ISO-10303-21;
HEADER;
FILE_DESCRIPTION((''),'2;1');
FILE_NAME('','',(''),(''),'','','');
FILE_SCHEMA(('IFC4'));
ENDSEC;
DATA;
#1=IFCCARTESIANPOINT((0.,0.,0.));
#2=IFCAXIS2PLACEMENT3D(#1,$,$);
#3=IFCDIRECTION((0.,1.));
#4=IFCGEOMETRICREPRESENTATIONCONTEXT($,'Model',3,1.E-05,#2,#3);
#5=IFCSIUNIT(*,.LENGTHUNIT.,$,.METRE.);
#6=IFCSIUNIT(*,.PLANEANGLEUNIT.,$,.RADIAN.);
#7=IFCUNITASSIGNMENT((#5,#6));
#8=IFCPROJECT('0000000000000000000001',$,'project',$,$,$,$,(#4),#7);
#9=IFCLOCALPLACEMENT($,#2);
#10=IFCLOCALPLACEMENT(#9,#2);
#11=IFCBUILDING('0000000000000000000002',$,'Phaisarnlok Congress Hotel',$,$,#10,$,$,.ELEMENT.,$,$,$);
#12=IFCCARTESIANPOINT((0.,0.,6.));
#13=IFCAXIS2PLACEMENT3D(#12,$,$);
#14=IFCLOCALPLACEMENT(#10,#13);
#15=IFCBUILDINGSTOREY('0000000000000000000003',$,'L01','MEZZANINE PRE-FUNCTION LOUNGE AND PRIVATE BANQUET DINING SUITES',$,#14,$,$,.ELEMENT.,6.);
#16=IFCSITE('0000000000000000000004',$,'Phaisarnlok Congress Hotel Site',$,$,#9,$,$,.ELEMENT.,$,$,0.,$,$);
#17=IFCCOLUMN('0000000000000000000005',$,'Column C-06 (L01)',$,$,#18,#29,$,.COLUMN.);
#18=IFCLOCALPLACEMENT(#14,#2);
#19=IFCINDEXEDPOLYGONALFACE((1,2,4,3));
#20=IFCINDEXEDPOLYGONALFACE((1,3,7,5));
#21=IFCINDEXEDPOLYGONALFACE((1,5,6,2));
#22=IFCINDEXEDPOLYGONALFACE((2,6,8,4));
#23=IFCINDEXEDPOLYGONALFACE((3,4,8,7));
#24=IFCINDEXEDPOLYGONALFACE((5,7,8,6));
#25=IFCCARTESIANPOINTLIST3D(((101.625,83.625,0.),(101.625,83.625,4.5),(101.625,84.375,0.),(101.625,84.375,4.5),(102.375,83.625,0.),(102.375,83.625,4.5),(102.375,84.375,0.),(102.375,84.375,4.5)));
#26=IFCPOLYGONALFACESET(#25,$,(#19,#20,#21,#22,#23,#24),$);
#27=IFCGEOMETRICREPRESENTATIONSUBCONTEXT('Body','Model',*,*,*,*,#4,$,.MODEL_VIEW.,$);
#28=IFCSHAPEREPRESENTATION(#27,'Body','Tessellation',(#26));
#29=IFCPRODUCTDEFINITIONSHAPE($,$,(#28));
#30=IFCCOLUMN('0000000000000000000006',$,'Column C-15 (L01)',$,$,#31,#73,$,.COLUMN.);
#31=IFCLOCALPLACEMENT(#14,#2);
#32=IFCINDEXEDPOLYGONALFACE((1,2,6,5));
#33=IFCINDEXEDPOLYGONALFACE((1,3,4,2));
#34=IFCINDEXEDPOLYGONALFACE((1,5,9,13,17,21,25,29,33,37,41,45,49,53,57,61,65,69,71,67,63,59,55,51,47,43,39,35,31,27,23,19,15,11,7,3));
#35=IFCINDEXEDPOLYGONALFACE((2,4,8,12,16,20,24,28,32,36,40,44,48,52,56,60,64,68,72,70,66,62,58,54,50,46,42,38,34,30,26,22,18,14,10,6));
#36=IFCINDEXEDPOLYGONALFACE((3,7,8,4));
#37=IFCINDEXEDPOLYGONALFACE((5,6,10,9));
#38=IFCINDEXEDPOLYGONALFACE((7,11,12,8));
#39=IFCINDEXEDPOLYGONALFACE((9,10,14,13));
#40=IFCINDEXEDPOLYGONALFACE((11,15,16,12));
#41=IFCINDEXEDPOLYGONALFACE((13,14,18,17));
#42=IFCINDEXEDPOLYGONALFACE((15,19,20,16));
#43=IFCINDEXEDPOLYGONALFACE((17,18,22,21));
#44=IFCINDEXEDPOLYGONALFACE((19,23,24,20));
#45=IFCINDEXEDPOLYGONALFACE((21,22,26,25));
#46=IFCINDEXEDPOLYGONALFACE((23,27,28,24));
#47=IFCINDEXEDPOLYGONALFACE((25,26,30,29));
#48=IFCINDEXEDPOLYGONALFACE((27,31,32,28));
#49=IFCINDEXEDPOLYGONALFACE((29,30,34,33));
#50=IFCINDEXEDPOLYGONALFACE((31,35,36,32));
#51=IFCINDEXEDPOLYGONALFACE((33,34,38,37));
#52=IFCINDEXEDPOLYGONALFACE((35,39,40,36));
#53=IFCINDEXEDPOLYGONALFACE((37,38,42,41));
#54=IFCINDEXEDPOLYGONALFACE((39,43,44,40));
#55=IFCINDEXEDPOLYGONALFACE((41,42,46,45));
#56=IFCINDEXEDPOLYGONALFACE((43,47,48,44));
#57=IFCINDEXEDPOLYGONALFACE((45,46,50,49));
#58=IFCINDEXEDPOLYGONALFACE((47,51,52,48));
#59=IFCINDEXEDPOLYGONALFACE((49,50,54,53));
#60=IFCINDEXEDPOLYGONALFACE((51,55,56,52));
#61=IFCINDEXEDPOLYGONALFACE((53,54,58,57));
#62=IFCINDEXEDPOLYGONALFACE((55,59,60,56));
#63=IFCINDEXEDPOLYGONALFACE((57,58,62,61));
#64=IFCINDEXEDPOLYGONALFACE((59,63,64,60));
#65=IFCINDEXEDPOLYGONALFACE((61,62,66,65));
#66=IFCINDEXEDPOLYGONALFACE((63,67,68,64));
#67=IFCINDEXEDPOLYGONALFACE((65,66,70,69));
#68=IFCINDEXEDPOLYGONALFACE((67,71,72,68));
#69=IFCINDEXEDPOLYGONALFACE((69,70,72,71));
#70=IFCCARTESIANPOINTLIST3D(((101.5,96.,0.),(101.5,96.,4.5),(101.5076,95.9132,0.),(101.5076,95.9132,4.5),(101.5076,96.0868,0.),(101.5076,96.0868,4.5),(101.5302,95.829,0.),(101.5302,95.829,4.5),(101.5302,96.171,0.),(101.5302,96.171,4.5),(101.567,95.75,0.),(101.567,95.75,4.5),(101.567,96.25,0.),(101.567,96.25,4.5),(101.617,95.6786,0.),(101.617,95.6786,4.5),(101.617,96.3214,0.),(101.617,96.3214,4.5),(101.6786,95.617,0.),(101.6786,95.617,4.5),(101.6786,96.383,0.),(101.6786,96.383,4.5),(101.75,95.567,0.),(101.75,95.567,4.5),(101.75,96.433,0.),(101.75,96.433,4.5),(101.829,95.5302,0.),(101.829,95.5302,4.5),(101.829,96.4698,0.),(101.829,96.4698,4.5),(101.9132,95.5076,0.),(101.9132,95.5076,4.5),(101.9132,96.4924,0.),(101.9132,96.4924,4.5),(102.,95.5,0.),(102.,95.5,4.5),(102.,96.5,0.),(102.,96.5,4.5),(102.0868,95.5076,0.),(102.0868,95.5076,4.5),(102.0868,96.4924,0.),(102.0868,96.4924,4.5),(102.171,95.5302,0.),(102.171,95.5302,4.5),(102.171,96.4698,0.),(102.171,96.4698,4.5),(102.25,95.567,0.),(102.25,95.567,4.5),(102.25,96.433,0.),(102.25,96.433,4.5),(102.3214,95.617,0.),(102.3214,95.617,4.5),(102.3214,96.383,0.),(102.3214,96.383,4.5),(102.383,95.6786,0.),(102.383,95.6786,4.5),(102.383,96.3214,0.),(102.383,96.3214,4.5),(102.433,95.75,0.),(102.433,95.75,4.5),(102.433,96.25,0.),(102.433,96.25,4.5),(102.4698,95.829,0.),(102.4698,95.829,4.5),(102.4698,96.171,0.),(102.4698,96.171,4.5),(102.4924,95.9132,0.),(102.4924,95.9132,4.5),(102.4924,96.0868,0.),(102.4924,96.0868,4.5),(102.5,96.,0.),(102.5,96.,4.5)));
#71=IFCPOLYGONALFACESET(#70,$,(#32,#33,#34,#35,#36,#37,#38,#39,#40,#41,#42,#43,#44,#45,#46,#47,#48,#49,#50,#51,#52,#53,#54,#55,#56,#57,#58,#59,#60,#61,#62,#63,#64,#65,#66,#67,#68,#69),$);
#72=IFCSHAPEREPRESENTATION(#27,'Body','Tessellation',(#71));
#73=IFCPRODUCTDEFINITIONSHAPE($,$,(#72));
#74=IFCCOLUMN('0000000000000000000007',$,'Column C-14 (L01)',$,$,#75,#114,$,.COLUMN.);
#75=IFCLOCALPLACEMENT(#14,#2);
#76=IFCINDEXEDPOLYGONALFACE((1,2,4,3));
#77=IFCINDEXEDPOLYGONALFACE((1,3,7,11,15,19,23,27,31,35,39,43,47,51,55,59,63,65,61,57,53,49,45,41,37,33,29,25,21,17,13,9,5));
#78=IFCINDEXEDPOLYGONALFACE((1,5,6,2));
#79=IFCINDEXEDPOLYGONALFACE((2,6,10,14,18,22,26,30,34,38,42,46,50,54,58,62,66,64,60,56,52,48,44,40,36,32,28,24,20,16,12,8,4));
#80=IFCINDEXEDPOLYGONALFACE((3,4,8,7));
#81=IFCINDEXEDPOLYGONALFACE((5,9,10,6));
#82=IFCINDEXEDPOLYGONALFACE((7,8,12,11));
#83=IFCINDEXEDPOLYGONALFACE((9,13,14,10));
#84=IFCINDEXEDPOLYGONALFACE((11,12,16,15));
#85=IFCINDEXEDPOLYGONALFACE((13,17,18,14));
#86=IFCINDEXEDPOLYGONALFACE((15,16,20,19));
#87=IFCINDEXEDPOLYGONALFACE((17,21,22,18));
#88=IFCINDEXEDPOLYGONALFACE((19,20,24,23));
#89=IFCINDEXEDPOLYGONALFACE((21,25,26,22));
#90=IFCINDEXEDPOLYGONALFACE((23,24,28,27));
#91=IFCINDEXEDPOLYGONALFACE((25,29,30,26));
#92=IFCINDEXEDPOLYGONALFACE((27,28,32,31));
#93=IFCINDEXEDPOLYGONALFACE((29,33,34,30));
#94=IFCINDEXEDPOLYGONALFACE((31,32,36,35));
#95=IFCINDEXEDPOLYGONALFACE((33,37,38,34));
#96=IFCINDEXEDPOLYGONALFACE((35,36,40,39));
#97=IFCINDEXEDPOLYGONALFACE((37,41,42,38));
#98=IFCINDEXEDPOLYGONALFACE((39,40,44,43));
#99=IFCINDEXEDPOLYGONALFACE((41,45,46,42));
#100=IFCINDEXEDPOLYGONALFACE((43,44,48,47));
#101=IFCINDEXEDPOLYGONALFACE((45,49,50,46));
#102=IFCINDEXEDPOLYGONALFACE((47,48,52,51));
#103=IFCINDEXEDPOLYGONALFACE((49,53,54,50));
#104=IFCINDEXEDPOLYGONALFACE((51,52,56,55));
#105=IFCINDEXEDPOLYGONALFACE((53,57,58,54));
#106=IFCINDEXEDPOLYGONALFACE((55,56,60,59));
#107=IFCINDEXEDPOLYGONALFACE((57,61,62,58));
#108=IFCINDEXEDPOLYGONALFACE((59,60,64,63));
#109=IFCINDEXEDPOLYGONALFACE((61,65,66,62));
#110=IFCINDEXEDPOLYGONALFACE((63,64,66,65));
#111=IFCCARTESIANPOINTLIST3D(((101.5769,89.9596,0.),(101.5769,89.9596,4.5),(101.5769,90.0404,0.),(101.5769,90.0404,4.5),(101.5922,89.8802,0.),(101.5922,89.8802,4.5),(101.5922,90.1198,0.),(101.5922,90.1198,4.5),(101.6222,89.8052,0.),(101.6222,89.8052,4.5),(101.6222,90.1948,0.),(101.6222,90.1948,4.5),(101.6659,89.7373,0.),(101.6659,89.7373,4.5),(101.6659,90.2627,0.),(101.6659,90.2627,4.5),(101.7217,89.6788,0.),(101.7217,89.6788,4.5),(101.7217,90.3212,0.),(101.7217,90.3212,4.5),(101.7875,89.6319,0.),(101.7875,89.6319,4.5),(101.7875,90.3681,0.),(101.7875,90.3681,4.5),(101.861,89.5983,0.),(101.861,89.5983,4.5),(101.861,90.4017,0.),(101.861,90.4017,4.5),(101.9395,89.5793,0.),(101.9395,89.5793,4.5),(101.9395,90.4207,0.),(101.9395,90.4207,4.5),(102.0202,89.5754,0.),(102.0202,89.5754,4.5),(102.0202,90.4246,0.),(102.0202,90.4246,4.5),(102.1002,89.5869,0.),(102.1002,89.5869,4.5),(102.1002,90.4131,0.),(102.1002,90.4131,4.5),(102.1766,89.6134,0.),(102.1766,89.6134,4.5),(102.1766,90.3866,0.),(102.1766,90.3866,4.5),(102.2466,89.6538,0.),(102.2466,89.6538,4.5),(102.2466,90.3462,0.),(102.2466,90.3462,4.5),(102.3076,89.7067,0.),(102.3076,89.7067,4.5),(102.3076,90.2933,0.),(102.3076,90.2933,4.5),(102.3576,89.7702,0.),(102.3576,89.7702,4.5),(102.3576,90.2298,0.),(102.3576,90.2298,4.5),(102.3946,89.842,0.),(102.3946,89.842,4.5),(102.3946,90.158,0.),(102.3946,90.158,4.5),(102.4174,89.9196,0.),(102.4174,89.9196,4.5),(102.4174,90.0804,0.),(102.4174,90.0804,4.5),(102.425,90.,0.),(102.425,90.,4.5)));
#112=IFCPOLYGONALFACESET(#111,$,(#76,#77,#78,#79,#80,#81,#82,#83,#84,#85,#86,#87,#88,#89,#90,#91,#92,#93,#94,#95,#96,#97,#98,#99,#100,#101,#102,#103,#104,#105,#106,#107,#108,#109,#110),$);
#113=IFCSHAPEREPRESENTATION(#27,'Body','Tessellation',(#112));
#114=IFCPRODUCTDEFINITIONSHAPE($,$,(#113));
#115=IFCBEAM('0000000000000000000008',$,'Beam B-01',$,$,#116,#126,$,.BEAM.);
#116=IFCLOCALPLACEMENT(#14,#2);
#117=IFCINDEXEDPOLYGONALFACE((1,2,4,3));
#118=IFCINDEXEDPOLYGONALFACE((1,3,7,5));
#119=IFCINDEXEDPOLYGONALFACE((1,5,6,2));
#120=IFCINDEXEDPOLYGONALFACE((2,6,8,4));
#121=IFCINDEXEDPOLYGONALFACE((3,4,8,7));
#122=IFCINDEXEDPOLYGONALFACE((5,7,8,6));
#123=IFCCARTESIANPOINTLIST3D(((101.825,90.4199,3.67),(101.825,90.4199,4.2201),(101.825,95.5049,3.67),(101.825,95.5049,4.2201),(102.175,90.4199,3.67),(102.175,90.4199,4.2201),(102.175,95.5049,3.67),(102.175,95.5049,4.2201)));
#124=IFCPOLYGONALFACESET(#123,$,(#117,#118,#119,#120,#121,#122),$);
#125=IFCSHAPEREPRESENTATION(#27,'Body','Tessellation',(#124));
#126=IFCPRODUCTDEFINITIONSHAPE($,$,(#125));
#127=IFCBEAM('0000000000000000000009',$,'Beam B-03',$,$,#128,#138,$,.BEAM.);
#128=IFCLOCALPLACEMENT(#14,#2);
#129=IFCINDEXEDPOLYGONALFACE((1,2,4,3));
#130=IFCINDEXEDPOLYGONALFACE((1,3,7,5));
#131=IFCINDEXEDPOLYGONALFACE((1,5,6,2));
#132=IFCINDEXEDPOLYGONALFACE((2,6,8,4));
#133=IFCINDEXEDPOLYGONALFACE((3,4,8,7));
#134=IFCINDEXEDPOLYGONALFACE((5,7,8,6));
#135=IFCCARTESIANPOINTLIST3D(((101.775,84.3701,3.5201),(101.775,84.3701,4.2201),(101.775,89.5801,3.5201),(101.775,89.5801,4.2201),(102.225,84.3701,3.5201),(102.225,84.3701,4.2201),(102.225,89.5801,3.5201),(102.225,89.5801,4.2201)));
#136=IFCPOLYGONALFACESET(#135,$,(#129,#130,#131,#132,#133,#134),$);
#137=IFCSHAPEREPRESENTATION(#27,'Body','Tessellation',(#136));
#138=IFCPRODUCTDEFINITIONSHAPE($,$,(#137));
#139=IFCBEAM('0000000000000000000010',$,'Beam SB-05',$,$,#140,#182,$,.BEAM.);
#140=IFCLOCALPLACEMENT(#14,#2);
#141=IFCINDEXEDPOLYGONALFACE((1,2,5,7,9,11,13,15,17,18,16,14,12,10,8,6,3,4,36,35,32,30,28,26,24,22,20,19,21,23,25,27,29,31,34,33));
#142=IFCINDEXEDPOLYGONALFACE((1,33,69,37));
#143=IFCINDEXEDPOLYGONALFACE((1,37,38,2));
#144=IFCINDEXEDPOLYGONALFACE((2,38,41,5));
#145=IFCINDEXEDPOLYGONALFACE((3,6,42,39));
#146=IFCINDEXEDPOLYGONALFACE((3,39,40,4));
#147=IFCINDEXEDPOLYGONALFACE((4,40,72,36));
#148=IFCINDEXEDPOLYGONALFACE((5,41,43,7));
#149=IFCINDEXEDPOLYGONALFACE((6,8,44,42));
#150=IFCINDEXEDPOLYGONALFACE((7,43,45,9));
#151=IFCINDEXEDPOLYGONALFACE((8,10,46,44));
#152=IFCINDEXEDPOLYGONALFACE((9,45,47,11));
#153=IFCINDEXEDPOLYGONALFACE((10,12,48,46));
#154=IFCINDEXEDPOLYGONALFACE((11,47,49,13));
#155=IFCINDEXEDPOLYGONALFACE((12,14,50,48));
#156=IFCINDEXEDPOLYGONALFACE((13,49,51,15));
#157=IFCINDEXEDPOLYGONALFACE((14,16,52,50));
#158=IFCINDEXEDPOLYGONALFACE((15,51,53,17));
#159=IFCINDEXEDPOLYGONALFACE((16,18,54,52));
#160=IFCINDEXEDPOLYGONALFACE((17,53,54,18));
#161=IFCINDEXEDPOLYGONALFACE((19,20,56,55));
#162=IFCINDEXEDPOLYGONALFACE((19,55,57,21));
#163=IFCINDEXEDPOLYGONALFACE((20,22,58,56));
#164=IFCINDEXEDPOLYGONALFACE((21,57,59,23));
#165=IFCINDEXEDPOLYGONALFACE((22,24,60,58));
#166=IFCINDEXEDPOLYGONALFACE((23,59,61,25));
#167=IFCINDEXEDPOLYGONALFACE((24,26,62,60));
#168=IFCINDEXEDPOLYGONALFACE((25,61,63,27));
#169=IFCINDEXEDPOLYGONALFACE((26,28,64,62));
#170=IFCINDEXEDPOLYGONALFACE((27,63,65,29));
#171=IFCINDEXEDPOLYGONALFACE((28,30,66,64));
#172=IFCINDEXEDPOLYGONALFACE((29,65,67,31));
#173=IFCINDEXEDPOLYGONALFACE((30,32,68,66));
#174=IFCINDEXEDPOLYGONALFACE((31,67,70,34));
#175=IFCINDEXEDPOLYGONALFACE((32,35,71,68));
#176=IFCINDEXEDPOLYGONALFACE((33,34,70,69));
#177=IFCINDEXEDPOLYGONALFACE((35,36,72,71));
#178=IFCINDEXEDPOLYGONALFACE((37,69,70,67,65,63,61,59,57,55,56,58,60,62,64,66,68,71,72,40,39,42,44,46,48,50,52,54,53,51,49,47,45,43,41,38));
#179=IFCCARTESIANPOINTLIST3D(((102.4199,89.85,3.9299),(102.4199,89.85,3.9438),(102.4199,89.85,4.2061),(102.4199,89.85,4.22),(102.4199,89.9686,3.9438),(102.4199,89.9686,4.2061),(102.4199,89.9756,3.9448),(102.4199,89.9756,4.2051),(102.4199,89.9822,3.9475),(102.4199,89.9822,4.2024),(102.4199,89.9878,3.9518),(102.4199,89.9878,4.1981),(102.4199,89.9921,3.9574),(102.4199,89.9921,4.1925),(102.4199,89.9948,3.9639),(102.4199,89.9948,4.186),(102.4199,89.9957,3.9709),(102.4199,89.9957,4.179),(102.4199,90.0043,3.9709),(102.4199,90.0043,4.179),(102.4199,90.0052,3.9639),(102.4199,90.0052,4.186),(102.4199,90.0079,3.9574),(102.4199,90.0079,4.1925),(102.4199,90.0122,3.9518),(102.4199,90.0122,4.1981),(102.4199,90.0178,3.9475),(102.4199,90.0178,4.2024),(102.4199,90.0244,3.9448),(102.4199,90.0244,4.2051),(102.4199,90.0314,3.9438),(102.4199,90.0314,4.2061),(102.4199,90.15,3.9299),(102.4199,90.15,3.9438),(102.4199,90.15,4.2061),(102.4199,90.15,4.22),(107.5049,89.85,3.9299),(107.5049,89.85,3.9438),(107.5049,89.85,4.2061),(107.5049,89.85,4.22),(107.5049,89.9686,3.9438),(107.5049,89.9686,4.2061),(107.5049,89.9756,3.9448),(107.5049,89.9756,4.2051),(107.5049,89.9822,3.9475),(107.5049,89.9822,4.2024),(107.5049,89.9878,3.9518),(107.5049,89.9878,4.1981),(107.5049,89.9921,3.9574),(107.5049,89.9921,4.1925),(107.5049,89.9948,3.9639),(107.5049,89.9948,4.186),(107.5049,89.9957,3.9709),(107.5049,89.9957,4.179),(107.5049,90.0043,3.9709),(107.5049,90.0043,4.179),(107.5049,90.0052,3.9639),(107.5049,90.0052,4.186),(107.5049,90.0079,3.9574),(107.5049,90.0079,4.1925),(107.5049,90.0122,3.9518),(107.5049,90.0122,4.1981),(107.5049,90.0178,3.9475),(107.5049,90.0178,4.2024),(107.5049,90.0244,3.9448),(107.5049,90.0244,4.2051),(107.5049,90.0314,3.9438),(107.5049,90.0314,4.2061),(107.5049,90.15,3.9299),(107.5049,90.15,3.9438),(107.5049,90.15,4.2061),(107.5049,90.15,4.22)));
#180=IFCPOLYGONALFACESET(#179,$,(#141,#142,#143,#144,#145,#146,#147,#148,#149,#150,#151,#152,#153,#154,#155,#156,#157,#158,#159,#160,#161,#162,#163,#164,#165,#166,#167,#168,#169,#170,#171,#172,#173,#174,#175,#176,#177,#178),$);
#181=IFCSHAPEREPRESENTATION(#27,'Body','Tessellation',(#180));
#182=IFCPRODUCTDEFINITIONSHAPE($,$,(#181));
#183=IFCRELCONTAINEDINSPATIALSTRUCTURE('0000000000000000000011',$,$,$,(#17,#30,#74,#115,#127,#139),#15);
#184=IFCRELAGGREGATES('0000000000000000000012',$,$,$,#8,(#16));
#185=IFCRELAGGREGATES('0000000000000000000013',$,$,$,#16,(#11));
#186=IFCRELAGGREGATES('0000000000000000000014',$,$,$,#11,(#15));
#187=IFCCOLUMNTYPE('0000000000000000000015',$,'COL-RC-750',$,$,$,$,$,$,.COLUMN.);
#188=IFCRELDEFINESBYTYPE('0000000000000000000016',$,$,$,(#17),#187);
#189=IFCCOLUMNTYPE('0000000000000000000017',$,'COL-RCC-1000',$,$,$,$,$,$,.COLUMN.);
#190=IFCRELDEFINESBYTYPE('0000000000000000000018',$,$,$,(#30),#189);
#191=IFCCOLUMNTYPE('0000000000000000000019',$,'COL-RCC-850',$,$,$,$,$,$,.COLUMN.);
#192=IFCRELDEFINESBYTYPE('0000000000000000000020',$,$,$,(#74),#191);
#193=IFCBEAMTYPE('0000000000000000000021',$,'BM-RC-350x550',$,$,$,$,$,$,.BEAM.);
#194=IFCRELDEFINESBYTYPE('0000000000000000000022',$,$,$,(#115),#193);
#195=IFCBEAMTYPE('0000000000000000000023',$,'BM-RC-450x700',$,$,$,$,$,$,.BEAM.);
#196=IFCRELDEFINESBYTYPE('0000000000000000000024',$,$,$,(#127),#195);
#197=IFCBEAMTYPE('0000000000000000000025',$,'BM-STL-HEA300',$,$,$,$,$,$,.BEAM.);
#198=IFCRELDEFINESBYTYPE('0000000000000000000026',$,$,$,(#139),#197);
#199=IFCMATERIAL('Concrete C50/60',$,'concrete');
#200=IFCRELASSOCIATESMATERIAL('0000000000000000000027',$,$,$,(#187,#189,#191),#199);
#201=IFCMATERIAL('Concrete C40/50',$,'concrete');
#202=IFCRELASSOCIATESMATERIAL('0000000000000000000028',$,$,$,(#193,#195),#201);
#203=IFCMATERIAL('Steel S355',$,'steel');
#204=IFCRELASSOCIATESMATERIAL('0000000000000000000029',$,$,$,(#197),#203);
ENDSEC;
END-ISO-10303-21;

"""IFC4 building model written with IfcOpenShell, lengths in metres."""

from ifc_helpers import new_model, si_unit, direction, frame, origin, origin_2d, place, context, subcontext, project, spatial, rectangle, circle, i_section, extrude, material, material_profile, profile_set, type_object, element, save


model = new_model("IFC4")

# Units and contexts
model_context = context("Model", 3, precision=1e-05, world=origin(), true_north=direction((0.0, 1.0)))
body_context = subcontext(model_context, "Body", "Model", "MODEL_VIEW")
ifc_project = project(units=[si_unit("LENGTHUNIT", "METRE"), si_unit("PLANEANGLEUNIT", "RADIAN")], contexts=[model_context])

# Site, building, storey
site_placement = place(None, origin())
site = spatial("IfcSite", under=ifc_project, at=site_placement, Name="Phaisarnlok Congress Hotel Site", CompositionType="ELEMENT", RefElevation=0.0)
building_placement = place(site_placement, origin())
building = spatial("IfcBuilding", under=site, at=building_placement, Name="Phaisarnlok Congress Hotel", CompositionType="ELEMENT")
storey_placement = place(building_placement, frame((0.0, 0.0, 6.0)))
storey = spatial("IfcBuildingStorey", under=building, at=storey_placement, Name="L01", Description="MEZZANINE PRE-FUNCTION LOUNGE AND PRIVATE BANQUET DINING SUITES", CompositionType="ELEMENT", Elevation=6.0)

# Columns
ifc_material_1 = material(Name="Concrete C50/60", Category="concrete")
ifc_material_profile_1 = material_profile(ifc_material_1, rectangle(XDim=0.75, YDim=0.75, at=origin_2d()), Name="RC 750x750")
ifc_profile_set_1 = profile_set([ifc_material_profile_1], Name="Concrete C50/60")
column_type_1 = type_object("IfcColumnType", Name="COL-RC-750", PredefinedType="COLUMN", material=ifc_profile_set_1)
column_1_placement = place(storey_placement, frame((102.0, 84.0, 0.0), z_axis=(0.0, 0.0, 1.0), x_axis=(1.0, 0.0, 0.0)))
element("IfcColumn", 1, at=column_1_placement, inside=storey, type_object=column_type_1, Name="Column C-06 (L01)", PredefinedType="COLUMN", context=body_context, shape_type="SweptSolid", body=[
    extrude(rectangle(XDim=0.75, YDim=0.75, at=origin_2d()), origin(), (0.0, 0.0, 1.0), 4.5),
])
ifc_material_profile_2 = material_profile(ifc_material_1, circle(Radius=0.5, at=origin_2d()), Name="RCC D1000")
ifc_profile_set_2 = profile_set([ifc_material_profile_2], Name="Concrete C50/60")
column_type_2 = type_object("IfcColumnType", Name="COL-RCC-1000", PredefinedType="COLUMN", material=ifc_profile_set_2)
column_2_placement = place(storey_placement, frame((102.0, 96.0, 0.0), z_axis=(0.0, 0.0, 1.0), x_axis=(1.0, 0.0, 0.0)))
element("IfcColumn", 2, at=column_2_placement, inside=storey, type_object=column_type_2, Name="Column C-15 (L01)", PredefinedType="COLUMN", context=body_context, shape_type="SweptSolid", body=[
    extrude(circle(Radius=0.5, at=origin_2d()), origin(), (0.0, 0.0, 1.0), 4.5),
])
ifc_material_profile_3 = material_profile(ifc_material_1, circle(Radius=0.425, at=origin_2d()), Name="RCC D850")
ifc_profile_set_3 = profile_set([ifc_material_profile_3], Name="Concrete C50/60")
column_type_3 = type_object("IfcColumnType", Name="COL-RCC-850", PredefinedType="COLUMN", material=ifc_profile_set_3)
column_3_placement = place(storey_placement, frame((102.0, 90.0, 0.0), z_axis=(0.0, 0.0, 1.0), x_axis=(1.0, 0.0, 0.0)))
element("IfcColumn", 3, at=column_3_placement, inside=storey, type_object=column_type_3, Name="Column C-14 (L01)", PredefinedType="COLUMN", context=body_context, shape_type="SweptSolid", body=[
    extrude(circle(Radius=0.425, at=origin_2d()), origin(), (0.0, 0.0, 1.0), 4.5),
])

# Beams
ifc_material_2 = material(Name="Concrete C40/50", Category="concrete")
ifc_material_profile_4 = material_profile(ifc_material_2, rectangle(XDim=0.3501, YDim=0.55, at=origin_2d()), Name="RC 350x550")
ifc_profile_set_4 = profile_set([ifc_material_profile_4], Name="Concrete C40/50")
beam_type_1 = type_object("IfcBeamType", Name="BM-RC-350x550", PredefinedType="BEAM", material=ifc_profile_set_4)
beam_1_placement = place(storey_placement, frame((102.0, 90.4199, 3.9451), z_axis=(0.0, 1.0, 0.0), x_axis=(-1.0, 0.0, 0.0)))
element("IfcBeam", 4, at=beam_1_placement, inside=storey, type_object=beam_type_1, Name="Beam B-01", PredefinedType="BEAM", context=body_context, shape_type="SweptSolid", body=[
    extrude(rectangle(XDim=0.3501, YDim=0.55, at=origin_2d()), origin(), (0.0, 0.0, 1.0), 5.085),
])
ifc_material_profile_5 = material_profile(ifc_material_2, rectangle(XDim=0.45, YDim=0.7, at=origin_2d()), Name="RC 450x700")
ifc_profile_set_5 = profile_set([ifc_material_profile_5], Name="Concrete C40/50")
beam_type_2 = type_object("IfcBeamType", Name="BM-RC-450x700", PredefinedType="BEAM", material=ifc_profile_set_5)
beam_2_placement = place(storey_placement, frame((102.0, 84.3701, 3.8701), z_axis=(0.0, 1.0, 0.0), x_axis=(-1.0, 0.0, 0.0)))
element("IfcBeam", 5, at=beam_2_placement, inside=storey, type_object=beam_type_2, Name="Beam B-03", PredefinedType="BEAM", context=body_context, shape_type="SweptSolid", body=[
    extrude(rectangle(XDim=0.45, YDim=0.7, at=origin_2d()), origin(), (0.0, 0.0, 1.0), 5.21),
])
ifc_material_3 = material(Name="Steel S355", Category="steel")
ifc_material_profile_6 = material_profile(ifc_material_3, i_section(OverallWidth=0.3, OverallDepth=0.29, WebThickness=0.0085, FlangeThickness=0.0139, FilletRadius=0.0271, at=origin_2d()), Name="HEA 300")
ifc_profile_set_6 = profile_set([ifc_material_profile_6], Name="Steel S355")
beam_type_3 = type_object("IfcBeamType", Name="BM-STL-HEA300", PredefinedType="BEAM", material=ifc_profile_set_6)
beam_3_placement = place(storey_placement, frame((102.4199, 90.0, 4.075), z_axis=(1.0, 0.0, 0.0), x_axis=(0.0, 1.0, 0.0)))
element("IfcBeam", 6, at=beam_3_placement, inside=storey, type_object=beam_type_3, Name="Beam SB-05", PredefinedType="BEAM", context=body_context, shape_type="SweptSolid", body=[
    extrude(i_section(OverallWidth=0.3, OverallDepth=0.29, WebThickness=0.0085, FlangeThickness=0.0139, FilletRadius=0.0271, at=origin_2d()), origin(), (0.0, 0.0, 1.0), 5.085),
])

save(model, "model.ifc")
